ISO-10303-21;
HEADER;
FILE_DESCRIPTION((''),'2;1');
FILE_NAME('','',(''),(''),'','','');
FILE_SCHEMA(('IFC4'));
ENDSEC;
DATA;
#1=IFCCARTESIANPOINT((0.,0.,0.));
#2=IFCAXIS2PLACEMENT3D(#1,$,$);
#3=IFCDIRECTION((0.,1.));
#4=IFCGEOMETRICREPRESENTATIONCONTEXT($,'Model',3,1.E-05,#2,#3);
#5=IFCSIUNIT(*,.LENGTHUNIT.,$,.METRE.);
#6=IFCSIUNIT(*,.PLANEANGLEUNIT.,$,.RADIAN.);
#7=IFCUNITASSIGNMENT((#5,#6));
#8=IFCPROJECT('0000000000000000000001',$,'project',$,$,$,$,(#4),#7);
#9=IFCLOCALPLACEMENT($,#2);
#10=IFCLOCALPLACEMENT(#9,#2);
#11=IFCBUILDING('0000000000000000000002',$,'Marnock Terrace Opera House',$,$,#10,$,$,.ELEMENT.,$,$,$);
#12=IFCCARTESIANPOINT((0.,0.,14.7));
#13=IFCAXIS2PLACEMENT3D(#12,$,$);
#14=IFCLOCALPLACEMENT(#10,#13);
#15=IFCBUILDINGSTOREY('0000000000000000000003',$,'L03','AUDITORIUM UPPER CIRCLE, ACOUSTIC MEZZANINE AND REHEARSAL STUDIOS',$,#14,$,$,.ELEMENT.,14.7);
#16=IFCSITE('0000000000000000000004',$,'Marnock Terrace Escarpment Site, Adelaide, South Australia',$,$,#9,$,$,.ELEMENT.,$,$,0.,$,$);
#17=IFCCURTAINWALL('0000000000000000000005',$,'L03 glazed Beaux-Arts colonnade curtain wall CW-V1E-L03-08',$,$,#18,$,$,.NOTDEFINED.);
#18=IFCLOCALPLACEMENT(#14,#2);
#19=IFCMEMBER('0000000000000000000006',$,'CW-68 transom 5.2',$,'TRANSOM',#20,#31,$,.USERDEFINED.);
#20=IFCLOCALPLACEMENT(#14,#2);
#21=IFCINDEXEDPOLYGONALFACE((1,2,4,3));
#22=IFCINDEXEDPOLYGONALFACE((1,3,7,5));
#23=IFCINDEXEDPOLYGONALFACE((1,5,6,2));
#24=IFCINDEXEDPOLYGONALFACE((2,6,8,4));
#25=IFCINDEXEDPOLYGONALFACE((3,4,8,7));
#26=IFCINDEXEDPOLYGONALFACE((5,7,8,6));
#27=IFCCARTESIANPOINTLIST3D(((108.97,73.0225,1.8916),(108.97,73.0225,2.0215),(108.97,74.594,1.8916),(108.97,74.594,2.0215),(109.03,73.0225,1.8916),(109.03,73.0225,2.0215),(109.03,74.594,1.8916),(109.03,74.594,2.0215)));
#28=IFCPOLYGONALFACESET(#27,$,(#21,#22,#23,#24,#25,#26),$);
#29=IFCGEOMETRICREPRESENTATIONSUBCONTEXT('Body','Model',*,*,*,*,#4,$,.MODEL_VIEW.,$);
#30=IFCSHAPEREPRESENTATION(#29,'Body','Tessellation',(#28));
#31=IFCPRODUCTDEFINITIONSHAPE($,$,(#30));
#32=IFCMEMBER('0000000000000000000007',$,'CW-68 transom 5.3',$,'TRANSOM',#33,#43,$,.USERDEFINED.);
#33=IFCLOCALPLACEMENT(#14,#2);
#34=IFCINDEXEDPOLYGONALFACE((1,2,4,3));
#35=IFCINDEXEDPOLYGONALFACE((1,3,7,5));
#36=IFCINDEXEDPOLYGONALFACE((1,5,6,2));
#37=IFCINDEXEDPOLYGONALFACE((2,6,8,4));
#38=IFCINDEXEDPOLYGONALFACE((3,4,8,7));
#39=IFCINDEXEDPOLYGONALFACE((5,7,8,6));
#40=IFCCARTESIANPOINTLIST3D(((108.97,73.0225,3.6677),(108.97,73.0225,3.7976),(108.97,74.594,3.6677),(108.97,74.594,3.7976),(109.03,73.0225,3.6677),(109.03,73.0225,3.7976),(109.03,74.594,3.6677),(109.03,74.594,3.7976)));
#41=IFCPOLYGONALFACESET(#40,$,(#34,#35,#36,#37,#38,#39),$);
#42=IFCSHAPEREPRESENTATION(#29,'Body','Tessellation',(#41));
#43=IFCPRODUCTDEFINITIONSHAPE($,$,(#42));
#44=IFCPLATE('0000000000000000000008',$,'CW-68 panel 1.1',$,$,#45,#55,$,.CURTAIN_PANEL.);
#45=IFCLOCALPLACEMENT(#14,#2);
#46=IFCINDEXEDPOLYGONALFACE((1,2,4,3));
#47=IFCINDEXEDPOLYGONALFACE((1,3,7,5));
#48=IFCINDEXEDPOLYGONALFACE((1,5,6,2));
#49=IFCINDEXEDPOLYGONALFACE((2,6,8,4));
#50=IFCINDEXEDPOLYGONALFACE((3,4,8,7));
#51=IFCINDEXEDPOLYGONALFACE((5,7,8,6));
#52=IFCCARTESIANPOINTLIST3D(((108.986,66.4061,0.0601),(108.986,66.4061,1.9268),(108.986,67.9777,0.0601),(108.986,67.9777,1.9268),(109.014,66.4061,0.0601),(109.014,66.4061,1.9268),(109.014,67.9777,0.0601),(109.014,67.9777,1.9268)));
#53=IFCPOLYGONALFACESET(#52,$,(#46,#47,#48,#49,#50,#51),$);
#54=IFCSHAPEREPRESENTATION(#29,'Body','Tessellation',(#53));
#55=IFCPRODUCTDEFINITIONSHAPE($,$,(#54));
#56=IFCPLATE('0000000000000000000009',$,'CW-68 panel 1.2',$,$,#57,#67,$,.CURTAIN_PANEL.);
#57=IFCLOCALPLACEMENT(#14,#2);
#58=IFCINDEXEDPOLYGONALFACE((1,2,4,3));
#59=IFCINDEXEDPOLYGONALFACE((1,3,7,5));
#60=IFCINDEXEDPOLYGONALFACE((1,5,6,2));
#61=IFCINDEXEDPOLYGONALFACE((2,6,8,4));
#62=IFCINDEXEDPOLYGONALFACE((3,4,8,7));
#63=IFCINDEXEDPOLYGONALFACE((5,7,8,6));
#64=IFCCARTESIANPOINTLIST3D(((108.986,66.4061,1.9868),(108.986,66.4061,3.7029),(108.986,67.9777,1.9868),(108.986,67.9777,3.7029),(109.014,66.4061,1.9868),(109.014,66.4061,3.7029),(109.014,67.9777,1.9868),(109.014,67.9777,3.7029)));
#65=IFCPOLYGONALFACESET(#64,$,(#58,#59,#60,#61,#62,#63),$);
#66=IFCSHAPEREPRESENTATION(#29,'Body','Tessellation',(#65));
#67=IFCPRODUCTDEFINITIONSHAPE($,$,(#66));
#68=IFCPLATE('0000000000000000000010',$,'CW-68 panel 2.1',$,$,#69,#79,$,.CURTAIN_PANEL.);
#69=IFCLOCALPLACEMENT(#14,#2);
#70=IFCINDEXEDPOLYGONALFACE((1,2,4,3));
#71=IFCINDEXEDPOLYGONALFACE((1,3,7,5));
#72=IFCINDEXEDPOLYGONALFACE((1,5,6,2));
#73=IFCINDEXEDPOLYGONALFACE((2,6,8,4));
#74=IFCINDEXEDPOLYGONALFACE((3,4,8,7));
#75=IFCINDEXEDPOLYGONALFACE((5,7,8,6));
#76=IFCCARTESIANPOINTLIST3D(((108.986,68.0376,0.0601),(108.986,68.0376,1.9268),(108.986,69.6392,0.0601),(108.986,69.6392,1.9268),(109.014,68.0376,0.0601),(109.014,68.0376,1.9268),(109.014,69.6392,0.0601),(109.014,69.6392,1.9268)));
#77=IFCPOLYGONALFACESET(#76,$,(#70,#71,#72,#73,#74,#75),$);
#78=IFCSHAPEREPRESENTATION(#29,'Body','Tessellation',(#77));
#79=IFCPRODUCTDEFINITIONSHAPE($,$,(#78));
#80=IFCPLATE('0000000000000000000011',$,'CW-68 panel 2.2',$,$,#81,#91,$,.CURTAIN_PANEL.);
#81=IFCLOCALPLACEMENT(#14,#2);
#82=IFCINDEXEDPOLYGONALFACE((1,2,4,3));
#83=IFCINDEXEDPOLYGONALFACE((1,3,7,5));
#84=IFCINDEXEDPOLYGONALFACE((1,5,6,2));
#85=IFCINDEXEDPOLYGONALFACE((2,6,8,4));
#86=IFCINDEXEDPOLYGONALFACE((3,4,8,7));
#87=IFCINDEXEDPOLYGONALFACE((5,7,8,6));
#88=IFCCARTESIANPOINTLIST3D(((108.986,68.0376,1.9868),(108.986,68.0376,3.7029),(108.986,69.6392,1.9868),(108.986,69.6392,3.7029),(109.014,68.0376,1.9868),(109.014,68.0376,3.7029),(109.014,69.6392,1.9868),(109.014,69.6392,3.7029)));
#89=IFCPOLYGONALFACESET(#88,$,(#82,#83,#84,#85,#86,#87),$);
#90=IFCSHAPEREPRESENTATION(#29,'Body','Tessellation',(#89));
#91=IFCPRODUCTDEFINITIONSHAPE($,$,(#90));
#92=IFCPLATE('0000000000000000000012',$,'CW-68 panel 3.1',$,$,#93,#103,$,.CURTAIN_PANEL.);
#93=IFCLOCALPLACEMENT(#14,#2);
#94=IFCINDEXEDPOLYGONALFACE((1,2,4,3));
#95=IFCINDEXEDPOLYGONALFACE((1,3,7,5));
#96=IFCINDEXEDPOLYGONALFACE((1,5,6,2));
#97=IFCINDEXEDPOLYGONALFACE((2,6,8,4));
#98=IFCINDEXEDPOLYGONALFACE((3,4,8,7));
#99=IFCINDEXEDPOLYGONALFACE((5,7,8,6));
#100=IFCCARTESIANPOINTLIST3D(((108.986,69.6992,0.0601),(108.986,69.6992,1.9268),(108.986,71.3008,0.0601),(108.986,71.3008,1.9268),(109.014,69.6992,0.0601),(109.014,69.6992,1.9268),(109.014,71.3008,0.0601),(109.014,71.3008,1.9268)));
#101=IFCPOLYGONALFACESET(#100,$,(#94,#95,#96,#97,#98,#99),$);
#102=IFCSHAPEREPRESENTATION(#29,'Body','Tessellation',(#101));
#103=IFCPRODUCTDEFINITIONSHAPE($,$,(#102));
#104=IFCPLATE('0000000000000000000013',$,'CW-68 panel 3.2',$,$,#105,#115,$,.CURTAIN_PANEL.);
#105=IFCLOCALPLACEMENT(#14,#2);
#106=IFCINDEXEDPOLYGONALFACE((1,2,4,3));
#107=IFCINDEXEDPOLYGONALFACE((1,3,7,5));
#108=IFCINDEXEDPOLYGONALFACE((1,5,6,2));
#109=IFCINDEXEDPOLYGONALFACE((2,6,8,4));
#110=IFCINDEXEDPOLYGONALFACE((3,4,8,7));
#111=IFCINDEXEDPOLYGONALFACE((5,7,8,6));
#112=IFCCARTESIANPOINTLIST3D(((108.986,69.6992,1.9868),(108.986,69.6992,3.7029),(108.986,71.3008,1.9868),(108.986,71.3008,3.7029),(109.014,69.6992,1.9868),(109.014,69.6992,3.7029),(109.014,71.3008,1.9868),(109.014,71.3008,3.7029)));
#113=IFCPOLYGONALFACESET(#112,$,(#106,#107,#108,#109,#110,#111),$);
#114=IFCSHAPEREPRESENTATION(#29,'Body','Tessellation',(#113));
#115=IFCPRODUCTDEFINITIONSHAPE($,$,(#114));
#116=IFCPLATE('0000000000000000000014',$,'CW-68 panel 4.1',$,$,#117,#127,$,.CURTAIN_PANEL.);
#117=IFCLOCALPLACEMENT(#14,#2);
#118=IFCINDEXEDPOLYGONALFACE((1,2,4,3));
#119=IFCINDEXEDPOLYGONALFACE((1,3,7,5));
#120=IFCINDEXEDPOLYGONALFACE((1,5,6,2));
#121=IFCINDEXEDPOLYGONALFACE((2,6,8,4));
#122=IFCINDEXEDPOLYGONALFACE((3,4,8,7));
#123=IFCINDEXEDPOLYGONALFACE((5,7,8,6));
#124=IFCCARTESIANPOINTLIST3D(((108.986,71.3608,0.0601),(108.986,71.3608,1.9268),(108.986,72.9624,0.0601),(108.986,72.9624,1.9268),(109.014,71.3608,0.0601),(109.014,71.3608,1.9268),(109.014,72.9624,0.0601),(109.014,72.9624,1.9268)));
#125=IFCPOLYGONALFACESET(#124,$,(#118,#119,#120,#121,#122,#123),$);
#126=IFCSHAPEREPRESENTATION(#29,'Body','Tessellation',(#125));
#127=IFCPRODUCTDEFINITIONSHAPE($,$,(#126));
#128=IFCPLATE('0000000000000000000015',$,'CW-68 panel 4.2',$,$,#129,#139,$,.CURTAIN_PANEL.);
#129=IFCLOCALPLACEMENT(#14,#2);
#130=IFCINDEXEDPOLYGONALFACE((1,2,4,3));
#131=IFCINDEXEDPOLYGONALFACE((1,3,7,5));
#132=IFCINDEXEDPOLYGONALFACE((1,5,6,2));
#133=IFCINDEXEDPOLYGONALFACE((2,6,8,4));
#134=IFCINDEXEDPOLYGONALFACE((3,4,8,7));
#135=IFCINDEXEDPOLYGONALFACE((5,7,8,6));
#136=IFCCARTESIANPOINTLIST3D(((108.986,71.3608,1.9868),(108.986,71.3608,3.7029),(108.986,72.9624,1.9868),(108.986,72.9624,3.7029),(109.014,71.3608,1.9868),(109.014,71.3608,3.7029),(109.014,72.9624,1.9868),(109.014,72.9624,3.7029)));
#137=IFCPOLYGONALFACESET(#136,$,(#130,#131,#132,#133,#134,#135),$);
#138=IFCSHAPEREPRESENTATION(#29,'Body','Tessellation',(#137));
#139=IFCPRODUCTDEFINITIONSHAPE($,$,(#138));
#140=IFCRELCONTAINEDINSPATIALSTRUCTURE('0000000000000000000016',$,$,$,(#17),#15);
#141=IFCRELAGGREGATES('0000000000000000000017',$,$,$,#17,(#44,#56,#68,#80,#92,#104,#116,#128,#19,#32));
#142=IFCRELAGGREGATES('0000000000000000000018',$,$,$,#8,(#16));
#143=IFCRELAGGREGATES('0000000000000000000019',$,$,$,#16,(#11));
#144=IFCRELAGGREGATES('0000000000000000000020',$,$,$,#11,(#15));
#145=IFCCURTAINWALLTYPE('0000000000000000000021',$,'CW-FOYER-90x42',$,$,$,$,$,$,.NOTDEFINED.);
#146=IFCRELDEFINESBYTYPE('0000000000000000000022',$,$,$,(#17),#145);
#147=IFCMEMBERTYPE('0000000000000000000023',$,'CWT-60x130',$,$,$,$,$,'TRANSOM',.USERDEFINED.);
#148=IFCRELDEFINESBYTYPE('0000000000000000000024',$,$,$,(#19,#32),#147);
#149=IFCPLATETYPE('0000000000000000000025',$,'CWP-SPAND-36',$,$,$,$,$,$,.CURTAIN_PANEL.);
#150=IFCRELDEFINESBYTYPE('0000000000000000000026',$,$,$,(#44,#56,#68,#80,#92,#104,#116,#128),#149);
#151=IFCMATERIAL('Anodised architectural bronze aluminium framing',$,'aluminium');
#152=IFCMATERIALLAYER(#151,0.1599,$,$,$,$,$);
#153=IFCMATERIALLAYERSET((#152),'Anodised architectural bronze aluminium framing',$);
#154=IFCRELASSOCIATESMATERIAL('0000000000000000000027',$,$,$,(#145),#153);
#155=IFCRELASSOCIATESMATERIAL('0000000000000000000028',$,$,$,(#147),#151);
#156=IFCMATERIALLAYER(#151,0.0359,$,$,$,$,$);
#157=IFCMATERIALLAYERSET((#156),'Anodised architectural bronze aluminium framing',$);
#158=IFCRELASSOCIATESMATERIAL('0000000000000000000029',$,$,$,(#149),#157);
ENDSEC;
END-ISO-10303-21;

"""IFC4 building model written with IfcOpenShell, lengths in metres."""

from ifc_helpers import new_model, si_unit, direction, frame, origin, origin_2d, place, context, subcontext, project, spatial, rectangle, extrude, material, layer, layer_set, material_profile, profile_set, type_object, element, aggregate, save


model = new_model("IFC4")

# Units and contexts
model_context = context("Model", 3, precision=1e-05, world=origin(), true_north=direction((0.0, 1.0)))
body_context = subcontext(model_context, "Body", "Model", "MODEL_VIEW")
ifc_project = project(units=[si_unit("LENGTHUNIT", "METRE"), si_unit("PLANEANGLEUNIT", "RADIAN")], contexts=[model_context])

# Site, building, storey
site_placement = place(None, origin())
site = spatial("IfcSite", under=ifc_project, at=site_placement, Name="Marnock Terrace Escarpment Site, Adelaide, South Australia", CompositionType="ELEMENT", RefElevation=0.0)
building_placement = place(site_placement, origin())
building = spatial("IfcBuilding", under=site, at=building_placement, Name="Marnock Terrace Opera House", CompositionType="ELEMENT")
storey_placement = place(building_placement, frame((0.0, 0.0, 14.7)))
storey = spatial("IfcBuildingStorey", under=building, at=storey_placement, Name="L03", Description="AUDITORIUM UPPER CIRCLE, ACOUSTIC MEZZANINE AND REHEARSAL STUDIOS", CompositionType="ELEMENT", Elevation=14.7)

# Curtain wall
ifc_material_1 = material(Name="Anodised architectural bronze aluminium framing", Category="aluminium")
ifc_layer_1 = layer(ifc_material_1, 0.1599)
ifc_layer_set_1 = layer_set([ifc_layer_1], Name="Anodised architectural bronze aluminium framing")
curtain_wall_type_1 = type_object("IfcCurtainWallType", Name="CW-FOYER-90x42", PredefinedType="NOTDEFINED", material=ifc_layer_set_1)
curtain_wall_1_placement = place(storey_placement, origin())
curtain_wall_1 = element("IfcCurtainWall", 1, at=curtain_wall_1_placement, inside=storey, type_object=curtain_wall_type_1, Name="L03 glazed Beaux-Arts colonnade curtain wall CW-V1E-L03-08", PredefinedType="NOTDEFINED")

# Members
ifc_material_profile_1 = material_profile(ifc_material_1, rectangle(XDim=0.0601, YDim=0.1299, at=origin_2d()))
ifc_profile_set_1 = profile_set([ifc_material_profile_1], Name="Anodised architectural bronze aluminium framing")
member_type_1 = type_object("IfcMemberType", Name="CWT-60x130", ElementType="TRANSOM", PredefinedType="USERDEFINED", material=ifc_profile_set_1)
member_1_placement = place(storey_placement, frame((109.0, 73.0225, 1.9565), z_axis=(0.0, 1.0, 0.0), x_axis=(-1.0, 0.0, 0.0)))
member_1 = element("IfcMember", 2, at=member_1_placement, type_object=member_type_1, Name="CW-68 transom 5.2", ObjectType="TRANSOM", PredefinedType="USERDEFINED", context=body_context, shape_type="SweptSolid", body=[
    extrude(rectangle(XDim=0.0601, YDim=0.1299, at=origin_2d()), origin(), (0.0, 0.0, 1.0), 1.5715),
])
member_2_placement = place(storey_placement, frame((109.0, 73.0225, 3.7327), z_axis=(0.0, 1.0, 0.0), x_axis=(-1.0, 0.0, 0.0)))
member_2 = element("IfcMember", 3, at=member_2_placement, type_object=member_type_1, Name="CW-68 transom 5.3", ObjectType="TRANSOM", PredefinedType="USERDEFINED", context=body_context, shape_type="SweptSolid", body=[
    extrude(rectangle(XDim=0.0601, YDim=0.1299, at=origin_2d()), origin(), (0.0, 0.0, 1.0), 1.5715),
])

# Plates
ifc_layer_2 = layer(ifc_material_1, 0.0359)
ifc_layer_set_2 = layer_set([ifc_layer_2], Name="Anodised architectural bronze aluminium framing")
plate_type = type_object("IfcPlateType", Name="CWP-SPAND-36", PredefinedType="CURTAIN_PANEL", material=ifc_layer_set_2)
plate_1_placement = place(storey_placement, frame((109.0, 67.1919, 0.0601), z_axis=(0.0, 0.0, 1.0), x_axis=(0.0, 1.0, 0.0)))
plate_1 = element("IfcPlate", 4, at=plate_1_placement, type_object=plate_type, Name="CW-68 panel 1.1", PredefinedType="CURTAIN_PANEL", context=body_context, shape_type="SweptSolid", body=[
    extrude(rectangle(XDim=1.5715, YDim=0.0281, at=origin_2d()), origin(), (0.0, 0.0, 1.0), 1.8667),
])
plate_2_placement = place(storey_placement, frame((109.0, 67.1919, 1.9868), z_axis=(0.0, 0.0, 1.0), x_axis=(0.0, 1.0, 0.0)))
plate_2 = element("IfcPlate", 5, at=plate_2_placement, type_object=plate_type, Name="CW-68 panel 1.2", PredefinedType="CURTAIN_PANEL", context=body_context, shape_type="SweptSolid", body=[
    extrude(rectangle(XDim=1.5715, YDim=0.0281, at=origin_2d()), origin(), (0.0, 0.0, 1.0), 1.7161),
])
plate_3_placement = place(storey_placement, frame((109.0, 68.8384, 0.0601), z_axis=(0.0, 0.0, 1.0), x_axis=(0.0, 1.0, 0.0)))
plate_3 = element("IfcPlate", 6, at=plate_3_placement, type_object=plate_type, Name="CW-68 panel 2.1", PredefinedType="CURTAIN_PANEL", context=body_context, shape_type="SweptSolid", body=[
    extrude(rectangle(XDim=1.6016, YDim=0.0281, at=origin_2d()), origin(), (0.0, 0.0, 1.0), 1.8667),
])
plate_4_placement = place(storey_placement, frame((109.0, 68.8384, 1.9868), z_axis=(0.0, 0.0, 1.0), x_axis=(0.0, 1.0, 0.0)))
plate_4 = element("IfcPlate", 7, at=plate_4_placement, type_object=plate_type, Name="CW-68 panel 2.2", PredefinedType="CURTAIN_PANEL", context=body_context, shape_type="SweptSolid", body=[
    extrude(rectangle(XDim=1.6016, YDim=0.0281, at=origin_2d()), origin(), (0.0, 0.0, 1.0), 1.7161),
])
plate_5_placement = place(storey_placement, frame((109.0, 70.5, 0.0601), z_axis=(0.0, 0.0, 1.0), x_axis=(0.0, 1.0, 0.0)))
plate_5 = element("IfcPlate", 8, at=plate_5_placement, type_object=plate_type, Name="CW-68 panel 3.1", PredefinedType="CURTAIN_PANEL", context=body_context, shape_type="SweptSolid", body=[
    extrude(rectangle(XDim=1.6016, YDim=0.0281, at=origin_2d()), origin(), (0.0, 0.0, 1.0), 1.8667),
])
plate_6_placement = place(storey_placement, frame((109.0, 70.5, 1.9868), z_axis=(0.0, 0.0, 1.0), x_axis=(0.0, 1.0, 0.0)))
plate_6 = element("IfcPlate", 9, at=plate_6_placement, type_object=plate_type, Name="CW-68 panel 3.2", PredefinedType="CURTAIN_PANEL", context=body_context, shape_type="SweptSolid", body=[
    extrude(rectangle(XDim=1.6016, YDim=0.0281, at=origin_2d()), origin(), (0.0, 0.0, 1.0), 1.7161),
])
plate_7_placement = place(storey_placement, frame((109.0, 72.1616, 0.0601), z_axis=(0.0, 0.0, 1.0), x_axis=(0.0, 1.0, 0.0)))
plate_7 = element("IfcPlate", 10, at=plate_7_placement, type_object=plate_type, Name="CW-68 panel 4.1", PredefinedType="CURTAIN_PANEL", context=body_context, shape_type="SweptSolid", body=[
    extrude(rectangle(XDim=1.6016, YDim=0.0281, at=origin_2d()), origin(), (0.0, 0.0, 1.0), 1.8667),
])
plate_8_placement = place(storey_placement, frame((109.0, 72.1616, 1.9868), z_axis=(0.0, 0.0, 1.0), x_axis=(0.0, 1.0, 0.0)))
plate_8 = element("IfcPlate", 11, at=plate_8_placement, type_object=plate_type, Name="CW-68 panel 4.2", PredefinedType="CURTAIN_PANEL", context=body_context, shape_type="SweptSolid", body=[
    extrude(rectangle(XDim=1.6016, YDim=0.0281, at=origin_2d()), origin(), (0.0, 0.0, 1.0), 1.7161),
])
aggregate(curtain_wall_1, [plate_1, plate_2, plate_3, plate_4, plate_5, plate_6, plate_7, plate_8, member_1, member_2])

save(model, "model.ifc")
